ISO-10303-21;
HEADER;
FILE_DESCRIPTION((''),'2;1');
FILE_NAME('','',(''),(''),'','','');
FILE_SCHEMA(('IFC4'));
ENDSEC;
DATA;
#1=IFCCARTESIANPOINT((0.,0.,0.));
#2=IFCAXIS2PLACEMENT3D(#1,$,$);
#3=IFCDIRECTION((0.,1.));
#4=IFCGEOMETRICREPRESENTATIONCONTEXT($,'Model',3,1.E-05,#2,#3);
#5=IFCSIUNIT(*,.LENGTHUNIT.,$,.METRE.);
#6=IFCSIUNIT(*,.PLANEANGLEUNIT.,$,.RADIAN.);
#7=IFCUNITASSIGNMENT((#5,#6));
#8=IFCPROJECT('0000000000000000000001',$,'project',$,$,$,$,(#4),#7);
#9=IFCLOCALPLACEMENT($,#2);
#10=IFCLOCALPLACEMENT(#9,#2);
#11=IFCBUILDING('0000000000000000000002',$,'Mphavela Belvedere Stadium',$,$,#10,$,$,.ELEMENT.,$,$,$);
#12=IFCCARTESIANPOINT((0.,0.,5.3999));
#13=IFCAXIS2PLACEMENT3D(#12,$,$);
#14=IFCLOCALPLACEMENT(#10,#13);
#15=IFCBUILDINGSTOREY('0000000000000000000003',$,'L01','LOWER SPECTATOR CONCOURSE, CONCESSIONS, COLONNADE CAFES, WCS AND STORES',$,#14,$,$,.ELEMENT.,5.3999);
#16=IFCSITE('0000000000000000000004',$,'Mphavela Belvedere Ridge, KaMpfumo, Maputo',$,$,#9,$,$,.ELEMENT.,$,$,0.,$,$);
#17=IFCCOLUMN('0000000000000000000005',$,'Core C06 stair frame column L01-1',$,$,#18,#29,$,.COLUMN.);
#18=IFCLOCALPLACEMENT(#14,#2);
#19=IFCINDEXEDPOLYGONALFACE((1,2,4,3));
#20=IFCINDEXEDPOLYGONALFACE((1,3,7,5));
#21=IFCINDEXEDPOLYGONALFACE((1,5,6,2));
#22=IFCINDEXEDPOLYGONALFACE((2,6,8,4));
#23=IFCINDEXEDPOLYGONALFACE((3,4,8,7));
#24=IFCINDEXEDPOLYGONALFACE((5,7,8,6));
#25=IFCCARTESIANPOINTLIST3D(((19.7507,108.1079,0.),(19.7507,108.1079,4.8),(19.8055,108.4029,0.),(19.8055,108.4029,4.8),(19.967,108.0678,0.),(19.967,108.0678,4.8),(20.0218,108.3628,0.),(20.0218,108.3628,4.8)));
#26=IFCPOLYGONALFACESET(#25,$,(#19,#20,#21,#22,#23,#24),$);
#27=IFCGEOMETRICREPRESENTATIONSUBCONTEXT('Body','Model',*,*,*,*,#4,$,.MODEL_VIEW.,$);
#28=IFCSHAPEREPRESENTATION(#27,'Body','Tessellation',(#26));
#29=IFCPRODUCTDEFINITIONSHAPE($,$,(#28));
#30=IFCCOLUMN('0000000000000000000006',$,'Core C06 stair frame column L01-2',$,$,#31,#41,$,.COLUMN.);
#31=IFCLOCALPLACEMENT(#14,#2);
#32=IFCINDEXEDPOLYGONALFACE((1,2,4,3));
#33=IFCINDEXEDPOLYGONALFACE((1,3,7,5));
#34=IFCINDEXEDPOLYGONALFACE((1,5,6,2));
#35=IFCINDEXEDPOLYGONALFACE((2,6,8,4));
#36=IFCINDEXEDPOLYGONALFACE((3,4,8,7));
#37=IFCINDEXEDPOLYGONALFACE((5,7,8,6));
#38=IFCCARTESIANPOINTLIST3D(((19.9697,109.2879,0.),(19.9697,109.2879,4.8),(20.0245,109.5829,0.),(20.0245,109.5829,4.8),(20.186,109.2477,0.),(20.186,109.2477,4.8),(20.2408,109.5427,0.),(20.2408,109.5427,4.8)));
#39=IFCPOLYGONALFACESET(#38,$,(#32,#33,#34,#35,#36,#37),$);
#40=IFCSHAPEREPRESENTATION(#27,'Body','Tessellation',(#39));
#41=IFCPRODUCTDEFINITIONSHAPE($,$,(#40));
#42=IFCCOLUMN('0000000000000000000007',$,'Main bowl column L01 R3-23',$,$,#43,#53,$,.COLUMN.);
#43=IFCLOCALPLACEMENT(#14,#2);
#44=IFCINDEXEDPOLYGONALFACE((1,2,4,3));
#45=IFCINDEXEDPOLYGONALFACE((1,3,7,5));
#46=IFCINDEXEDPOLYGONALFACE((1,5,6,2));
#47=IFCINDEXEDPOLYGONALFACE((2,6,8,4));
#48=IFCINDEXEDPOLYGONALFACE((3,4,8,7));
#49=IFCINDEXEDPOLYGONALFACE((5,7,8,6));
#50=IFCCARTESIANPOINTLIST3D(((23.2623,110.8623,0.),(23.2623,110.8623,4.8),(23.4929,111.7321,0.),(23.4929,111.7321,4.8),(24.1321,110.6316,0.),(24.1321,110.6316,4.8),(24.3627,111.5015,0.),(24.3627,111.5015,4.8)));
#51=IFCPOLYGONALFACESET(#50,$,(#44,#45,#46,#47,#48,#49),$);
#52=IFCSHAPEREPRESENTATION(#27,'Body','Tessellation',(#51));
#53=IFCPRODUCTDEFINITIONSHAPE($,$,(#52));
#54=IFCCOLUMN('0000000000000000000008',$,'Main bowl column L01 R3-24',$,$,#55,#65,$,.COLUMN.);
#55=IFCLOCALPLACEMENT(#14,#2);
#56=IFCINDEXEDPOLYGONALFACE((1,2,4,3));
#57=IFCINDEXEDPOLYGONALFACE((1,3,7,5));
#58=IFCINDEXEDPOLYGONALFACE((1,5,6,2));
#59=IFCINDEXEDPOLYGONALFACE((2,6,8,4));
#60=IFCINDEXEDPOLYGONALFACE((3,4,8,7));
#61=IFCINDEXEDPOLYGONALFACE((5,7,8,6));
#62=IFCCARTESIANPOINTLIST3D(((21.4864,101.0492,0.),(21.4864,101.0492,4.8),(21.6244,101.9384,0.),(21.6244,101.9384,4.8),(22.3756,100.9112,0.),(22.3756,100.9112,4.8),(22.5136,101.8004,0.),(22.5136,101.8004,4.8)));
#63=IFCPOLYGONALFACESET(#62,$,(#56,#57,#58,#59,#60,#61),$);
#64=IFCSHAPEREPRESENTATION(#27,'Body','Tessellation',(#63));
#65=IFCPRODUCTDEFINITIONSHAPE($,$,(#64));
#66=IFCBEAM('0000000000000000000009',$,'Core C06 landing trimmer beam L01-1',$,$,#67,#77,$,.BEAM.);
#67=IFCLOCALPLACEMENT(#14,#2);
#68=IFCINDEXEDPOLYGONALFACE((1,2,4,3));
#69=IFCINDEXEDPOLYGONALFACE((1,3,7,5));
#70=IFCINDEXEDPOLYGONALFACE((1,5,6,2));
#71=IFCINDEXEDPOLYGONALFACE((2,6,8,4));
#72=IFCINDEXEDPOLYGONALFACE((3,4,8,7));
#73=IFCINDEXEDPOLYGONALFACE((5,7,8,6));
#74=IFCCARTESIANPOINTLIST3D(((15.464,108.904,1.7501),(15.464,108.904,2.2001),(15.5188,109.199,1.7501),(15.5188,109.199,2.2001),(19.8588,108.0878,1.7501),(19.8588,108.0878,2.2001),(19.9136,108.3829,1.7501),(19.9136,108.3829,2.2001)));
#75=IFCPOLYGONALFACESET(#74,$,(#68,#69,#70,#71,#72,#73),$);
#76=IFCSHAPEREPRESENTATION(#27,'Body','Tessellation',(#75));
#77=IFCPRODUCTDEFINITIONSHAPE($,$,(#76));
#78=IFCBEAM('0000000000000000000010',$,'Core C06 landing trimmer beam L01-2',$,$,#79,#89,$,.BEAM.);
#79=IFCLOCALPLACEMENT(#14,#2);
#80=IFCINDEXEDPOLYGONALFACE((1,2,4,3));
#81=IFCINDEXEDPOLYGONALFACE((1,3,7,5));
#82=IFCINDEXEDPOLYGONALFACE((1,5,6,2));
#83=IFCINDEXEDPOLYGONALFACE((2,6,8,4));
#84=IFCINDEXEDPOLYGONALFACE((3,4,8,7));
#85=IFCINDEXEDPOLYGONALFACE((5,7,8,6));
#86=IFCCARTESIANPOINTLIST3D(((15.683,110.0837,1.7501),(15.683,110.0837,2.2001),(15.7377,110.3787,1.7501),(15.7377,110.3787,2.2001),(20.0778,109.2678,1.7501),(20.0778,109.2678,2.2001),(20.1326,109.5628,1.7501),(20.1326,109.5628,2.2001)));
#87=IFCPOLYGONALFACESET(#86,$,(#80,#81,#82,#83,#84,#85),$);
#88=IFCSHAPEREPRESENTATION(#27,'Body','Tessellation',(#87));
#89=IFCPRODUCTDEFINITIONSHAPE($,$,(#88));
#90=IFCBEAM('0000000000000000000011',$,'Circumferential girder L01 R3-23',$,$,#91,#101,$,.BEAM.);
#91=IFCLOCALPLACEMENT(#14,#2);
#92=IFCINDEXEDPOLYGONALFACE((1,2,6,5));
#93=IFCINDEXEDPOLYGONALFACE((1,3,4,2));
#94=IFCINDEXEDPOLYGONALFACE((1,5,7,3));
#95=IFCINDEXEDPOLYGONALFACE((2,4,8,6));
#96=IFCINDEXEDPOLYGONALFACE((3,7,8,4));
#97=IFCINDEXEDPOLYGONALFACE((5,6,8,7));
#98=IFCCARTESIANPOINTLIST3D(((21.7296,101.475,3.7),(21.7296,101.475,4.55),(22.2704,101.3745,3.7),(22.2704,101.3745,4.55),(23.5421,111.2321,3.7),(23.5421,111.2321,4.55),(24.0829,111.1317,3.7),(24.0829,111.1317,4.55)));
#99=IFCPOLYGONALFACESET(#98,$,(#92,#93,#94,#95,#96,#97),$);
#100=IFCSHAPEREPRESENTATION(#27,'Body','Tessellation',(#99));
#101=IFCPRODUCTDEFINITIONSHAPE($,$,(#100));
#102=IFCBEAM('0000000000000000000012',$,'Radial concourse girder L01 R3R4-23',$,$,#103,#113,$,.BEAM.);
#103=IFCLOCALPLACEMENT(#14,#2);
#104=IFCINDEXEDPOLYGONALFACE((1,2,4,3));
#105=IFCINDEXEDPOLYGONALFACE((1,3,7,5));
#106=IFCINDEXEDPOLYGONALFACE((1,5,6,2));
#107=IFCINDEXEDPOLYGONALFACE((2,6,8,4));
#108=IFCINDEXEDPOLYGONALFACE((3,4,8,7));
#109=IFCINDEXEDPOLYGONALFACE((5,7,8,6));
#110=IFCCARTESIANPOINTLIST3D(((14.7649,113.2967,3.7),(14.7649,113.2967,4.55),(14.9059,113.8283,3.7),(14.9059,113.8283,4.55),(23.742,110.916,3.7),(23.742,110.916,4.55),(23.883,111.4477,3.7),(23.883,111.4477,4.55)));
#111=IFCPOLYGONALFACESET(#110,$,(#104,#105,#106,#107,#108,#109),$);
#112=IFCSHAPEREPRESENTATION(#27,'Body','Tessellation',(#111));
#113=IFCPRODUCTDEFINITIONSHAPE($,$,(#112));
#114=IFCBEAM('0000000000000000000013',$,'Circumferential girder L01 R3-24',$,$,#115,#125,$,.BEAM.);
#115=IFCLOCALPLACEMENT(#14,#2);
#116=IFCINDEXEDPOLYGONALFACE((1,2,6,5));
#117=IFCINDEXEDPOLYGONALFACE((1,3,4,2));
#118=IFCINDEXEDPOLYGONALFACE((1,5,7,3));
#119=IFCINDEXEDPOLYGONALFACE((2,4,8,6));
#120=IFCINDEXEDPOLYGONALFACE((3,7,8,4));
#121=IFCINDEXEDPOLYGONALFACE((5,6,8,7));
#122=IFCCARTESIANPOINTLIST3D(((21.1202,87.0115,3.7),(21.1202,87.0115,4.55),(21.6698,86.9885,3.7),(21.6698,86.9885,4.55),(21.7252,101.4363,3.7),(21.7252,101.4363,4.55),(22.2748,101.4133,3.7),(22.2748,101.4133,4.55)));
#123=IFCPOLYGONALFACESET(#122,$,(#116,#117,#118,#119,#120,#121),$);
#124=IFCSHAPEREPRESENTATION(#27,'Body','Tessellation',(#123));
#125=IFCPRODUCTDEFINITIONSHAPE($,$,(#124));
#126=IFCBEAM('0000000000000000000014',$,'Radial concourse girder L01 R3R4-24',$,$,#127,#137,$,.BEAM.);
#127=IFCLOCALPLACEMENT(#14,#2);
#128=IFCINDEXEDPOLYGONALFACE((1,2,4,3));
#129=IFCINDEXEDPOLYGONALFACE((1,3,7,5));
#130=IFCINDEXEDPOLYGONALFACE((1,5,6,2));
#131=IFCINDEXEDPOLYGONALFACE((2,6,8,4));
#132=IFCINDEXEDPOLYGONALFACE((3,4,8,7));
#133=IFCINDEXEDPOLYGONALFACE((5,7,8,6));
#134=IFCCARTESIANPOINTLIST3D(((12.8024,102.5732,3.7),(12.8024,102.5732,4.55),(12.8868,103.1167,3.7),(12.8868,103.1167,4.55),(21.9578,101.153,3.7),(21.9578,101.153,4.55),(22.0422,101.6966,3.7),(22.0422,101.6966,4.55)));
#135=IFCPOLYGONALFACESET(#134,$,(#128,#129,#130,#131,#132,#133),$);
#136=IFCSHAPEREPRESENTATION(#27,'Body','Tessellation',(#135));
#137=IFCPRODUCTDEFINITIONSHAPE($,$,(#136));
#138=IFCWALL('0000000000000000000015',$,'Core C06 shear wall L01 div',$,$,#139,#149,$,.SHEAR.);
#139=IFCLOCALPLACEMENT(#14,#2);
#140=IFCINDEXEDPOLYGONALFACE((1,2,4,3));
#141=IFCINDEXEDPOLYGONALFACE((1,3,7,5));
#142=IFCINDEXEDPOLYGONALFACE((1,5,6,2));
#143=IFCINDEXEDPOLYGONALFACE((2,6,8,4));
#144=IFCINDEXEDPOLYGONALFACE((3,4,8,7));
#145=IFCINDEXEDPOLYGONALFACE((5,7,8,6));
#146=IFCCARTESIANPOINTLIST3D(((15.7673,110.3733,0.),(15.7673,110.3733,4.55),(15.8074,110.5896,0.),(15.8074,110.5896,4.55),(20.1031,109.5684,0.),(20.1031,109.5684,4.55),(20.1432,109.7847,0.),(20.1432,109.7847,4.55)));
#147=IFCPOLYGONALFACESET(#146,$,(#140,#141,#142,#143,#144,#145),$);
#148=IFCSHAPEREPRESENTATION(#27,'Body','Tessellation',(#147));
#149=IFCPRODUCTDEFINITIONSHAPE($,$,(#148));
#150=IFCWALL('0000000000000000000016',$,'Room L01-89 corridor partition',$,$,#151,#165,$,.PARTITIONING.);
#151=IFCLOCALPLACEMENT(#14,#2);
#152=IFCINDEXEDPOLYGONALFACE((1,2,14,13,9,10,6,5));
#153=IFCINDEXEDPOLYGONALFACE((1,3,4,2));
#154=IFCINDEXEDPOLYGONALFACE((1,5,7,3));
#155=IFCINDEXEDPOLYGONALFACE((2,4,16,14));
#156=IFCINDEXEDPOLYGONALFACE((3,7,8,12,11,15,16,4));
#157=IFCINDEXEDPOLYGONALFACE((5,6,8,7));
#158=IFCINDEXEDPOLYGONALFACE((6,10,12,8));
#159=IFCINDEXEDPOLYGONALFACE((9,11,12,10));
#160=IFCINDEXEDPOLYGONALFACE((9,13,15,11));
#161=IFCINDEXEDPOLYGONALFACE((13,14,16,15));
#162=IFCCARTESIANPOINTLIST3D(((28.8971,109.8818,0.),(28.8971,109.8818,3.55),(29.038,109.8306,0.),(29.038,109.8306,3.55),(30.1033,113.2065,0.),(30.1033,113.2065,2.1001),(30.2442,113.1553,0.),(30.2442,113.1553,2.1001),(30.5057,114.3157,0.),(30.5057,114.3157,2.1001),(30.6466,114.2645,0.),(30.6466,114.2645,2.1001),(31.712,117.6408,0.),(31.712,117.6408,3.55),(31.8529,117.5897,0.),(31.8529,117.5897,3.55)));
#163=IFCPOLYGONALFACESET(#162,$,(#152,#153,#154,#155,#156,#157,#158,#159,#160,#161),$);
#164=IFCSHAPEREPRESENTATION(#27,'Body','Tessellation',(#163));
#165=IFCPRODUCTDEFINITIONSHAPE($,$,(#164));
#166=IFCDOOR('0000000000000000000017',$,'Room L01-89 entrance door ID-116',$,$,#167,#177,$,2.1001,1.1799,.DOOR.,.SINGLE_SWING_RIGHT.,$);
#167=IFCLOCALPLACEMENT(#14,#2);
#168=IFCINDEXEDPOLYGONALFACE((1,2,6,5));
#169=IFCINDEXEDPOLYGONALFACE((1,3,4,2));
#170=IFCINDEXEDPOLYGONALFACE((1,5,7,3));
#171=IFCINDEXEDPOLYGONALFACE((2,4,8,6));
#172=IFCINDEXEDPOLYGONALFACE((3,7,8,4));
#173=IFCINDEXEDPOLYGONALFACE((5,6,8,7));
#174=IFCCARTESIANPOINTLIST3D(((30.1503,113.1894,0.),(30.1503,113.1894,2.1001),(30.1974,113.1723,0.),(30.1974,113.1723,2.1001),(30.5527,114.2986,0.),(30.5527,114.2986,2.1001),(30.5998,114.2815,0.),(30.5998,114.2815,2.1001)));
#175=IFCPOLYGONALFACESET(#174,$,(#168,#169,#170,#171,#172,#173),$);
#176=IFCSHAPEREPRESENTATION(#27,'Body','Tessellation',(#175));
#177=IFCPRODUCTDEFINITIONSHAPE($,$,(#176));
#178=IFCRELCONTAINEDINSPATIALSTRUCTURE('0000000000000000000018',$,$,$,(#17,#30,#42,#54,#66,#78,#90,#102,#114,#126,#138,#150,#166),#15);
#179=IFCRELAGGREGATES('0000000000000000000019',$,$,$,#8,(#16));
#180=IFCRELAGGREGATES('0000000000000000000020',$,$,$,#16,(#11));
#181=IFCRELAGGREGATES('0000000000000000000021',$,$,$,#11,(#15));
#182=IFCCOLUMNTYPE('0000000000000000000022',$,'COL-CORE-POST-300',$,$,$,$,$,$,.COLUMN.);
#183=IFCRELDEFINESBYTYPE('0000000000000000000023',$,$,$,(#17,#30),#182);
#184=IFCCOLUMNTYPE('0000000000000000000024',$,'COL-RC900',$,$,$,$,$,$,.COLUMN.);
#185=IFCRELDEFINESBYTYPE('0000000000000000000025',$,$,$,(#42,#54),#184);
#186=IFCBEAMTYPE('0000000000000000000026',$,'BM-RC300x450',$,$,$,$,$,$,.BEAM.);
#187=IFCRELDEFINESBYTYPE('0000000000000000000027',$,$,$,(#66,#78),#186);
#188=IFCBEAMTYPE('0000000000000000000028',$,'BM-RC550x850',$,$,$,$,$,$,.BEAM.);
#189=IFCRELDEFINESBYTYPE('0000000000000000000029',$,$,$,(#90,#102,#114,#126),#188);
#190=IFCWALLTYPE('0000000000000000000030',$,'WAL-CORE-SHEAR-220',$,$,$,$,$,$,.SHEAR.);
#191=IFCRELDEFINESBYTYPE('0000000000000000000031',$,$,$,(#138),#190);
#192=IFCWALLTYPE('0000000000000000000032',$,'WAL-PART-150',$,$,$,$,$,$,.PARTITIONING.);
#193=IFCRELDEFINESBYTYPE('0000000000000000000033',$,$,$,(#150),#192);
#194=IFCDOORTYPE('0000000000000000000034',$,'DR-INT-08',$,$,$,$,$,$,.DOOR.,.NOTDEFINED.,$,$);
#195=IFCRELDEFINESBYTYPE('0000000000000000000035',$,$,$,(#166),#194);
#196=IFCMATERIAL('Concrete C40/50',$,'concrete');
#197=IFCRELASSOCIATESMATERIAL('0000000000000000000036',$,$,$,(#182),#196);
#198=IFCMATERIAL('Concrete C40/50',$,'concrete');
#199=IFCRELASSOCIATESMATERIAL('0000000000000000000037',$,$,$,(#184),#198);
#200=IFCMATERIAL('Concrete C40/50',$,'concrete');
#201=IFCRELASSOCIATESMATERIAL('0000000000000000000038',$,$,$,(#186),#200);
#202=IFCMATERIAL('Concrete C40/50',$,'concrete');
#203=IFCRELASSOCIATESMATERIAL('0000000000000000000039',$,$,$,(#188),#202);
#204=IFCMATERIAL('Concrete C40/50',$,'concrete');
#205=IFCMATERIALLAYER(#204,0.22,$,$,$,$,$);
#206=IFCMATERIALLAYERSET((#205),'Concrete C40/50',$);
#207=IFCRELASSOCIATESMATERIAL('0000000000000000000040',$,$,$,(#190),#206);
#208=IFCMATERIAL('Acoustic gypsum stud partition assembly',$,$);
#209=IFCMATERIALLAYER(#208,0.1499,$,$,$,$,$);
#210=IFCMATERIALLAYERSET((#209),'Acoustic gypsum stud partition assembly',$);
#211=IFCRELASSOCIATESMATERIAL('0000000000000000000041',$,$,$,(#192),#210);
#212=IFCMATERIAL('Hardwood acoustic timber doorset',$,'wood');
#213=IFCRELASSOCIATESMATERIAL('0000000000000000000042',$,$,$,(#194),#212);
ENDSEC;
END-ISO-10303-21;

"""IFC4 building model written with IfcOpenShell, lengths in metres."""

from ifc_helpers import new_model, si_unit, direction, frame, frame_2d, origin, origin_2d, place, context, subcontext, project, spatial, rectangle, extrude, material, layer, layer_set, material_profile, profile_set, type_object, element, fill, save


model = new_model("IFC4")

# Units and contexts
model_context = context("Model", 3, precision=1e-05, world=origin(), true_north=direction((0.0, 1.0)))
body_context = subcontext(model_context, "Body", "Model", "MODEL_VIEW")
ifc_project = project(units=[si_unit("LENGTHUNIT", "METRE"), si_unit("PLANEANGLEUNIT", "RADIAN")], contexts=[model_context])

# Site, building, storey
site_placement = place(None, origin())
site = spatial("IfcSite", under=ifc_project, at=site_placement, Name="Mphavela Belvedere Ridge, KaMpfumo, Maputo", CompositionType="ELEMENT", RefElevation=0.0)
building_placement = place(site_placement, origin())
building = spatial("IfcBuilding", under=site, at=building_placement, Name="Mphavela Belvedere Stadium", CompositionType="ELEMENT")
storey_placement = place(building_placement, frame((0.0, 0.0, 5.3999)))
storey = spatial("IfcBuildingStorey", under=building, at=storey_placement, Name="L01", Description="LOWER SPECTATOR CONCOURSE, CONCESSIONS, COLONNADE CAFES, WCS AND STORES", CompositionType="ELEMENT", Elevation=5.3999)

# Columns
ifc_material_1 = material(Name="Concrete C40/50", Category="concrete")
ifc_material_profile_1 = material_profile(ifc_material_1, rectangle(XDim=0.3, YDim=0.22, at=origin_2d()), Name="RC 300x220")
ifc_profile_set_1 = profile_set([ifc_material_profile_1], Name="Concrete C40/50")
column_type_1 = type_object("IfcColumnType", Name="COL-CORE-POST-300", PredefinedType="COLUMN", material=ifc_profile_set_1)
for number, where, z_axis, x_axis, name in (
    (1, (19.8862, 108.2354, 0.0), (0.0, 0.0, 1.0), (0.182579, 0.983191, 0.0), "Core C06 stair frame column L01-1"),
    (2, (20.1052, 109.4153, 0.0), (0.0, 0.0, 1.0), (0.182579, 0.983191, 0.0), "Core C06 stair frame column L01-2"),
):
    element("IfcColumn", number, at=place(storey_placement, frame(where, z_axis=z_axis, x_axis=x_axis)), inside=storey, type_object=column_type_1, Name=name, PredefinedType="COLUMN", context=body_context, shape_type="SweptSolid", body=[
        extrude(rectangle(XDim=0.3, YDim=0.22, at=origin_2d()), origin(), (0.0, 0.0, 1.0), 4.8),
    ])
ifc_material_2 = material(Name="Concrete C40/50", Category="concrete")
ifc_material_profile_2 = material_profile(ifc_material_2, rectangle(XDim=0.8999, YDim=0.8999, at=origin_2d()), Name="RC 900x900")
ifc_profile_set_2 = profile_set([ifc_material_profile_2], Name="Concrete C40/50")
column_type_2 = type_object("IfcColumnType", Name="COL-RC900", PredefinedType="COLUMN", material=ifc_profile_set_2)
for number, where, z_axis, x_axis, name in (
    (3, (23.8125, 111.1819, 0.0), (0.0, 0.0, 1.0), (-0.9666, 0.256289, 0.0), "Main bowl column L01 R3-23"),
    (4, (22.0, 101.4248, 0.0), (0.0, 0.0, 1.0), (-0.988175, 0.153331, 0.0), "Main bowl column L01 R3-24"),
):
    element("IfcColumn", number, at=place(storey_placement, frame(where, z_axis=z_axis, x_axis=x_axis)), inside=storey, type_object=column_type_2, Name=name, PredefinedType="COLUMN", context=body_context, shape_type="SweptSolid", body=[
        extrude(rectangle(XDim=0.8999, YDim=0.8999, at=origin_2d()), origin(), (0.0, 0.0, 1.0), 4.8),
    ])

# Beams
ifc_material_3 = material(Name="Concrete C40/50", Category="concrete")
ifc_material_profile_3 = material_profile(ifc_material_3, rectangle(XDim=0.3, YDim=0.45, at=origin_2d()), Name="RC 300x450")
ifc_profile_set_3 = profile_set([ifc_material_profile_3], Name="Concrete C40/50")
beam_type_1 = type_object("IfcBeamType", Name="BM-RC300x450", PredefinedType="BEAM", material=ifc_profile_set_3)
for number, where, z_axis, x_axis, name in (
    (5, (19.8862, 108.2354, 1.9751), (-0.983189, 0.18259, 0.0), (-0.18259, -0.983189, 0.0), "Core C06 landing trimmer beam L01-1"),
    (6, (20.1052, 109.4153, 1.9751), (-0.983199, 0.182537, 0.0), (-0.182537, -0.983199, 0.0), "Core C06 landing trimmer beam L01-2"),
):
    element("IfcBeam", number, at=place(storey_placement, frame(where, z_axis=z_axis, x_axis=x_axis)), inside=storey, type_object=beam_type_1, Name=name, PredefinedType="BEAM", context=body_context, shape_type="SweptSolid", body=[
        extrude(rectangle(XDim=0.3, YDim=0.45, at=origin_2d()), origin(), (0.0, 0.0, 1.0), 4.47),
    ])
ifc_material_4 = material(Name="Concrete C40/50", Category="concrete")
ifc_material_profile_4 = material_profile(ifc_material_4, rectangle(XDim=0.55, YDim=0.8501, at=origin_2d()), Name="RC 550x850")
ifc_profile_set_4 = profile_set([ifc_material_profile_4], Name="Concrete C40/50")
beam_type_2 = type_object("IfcBeamType", Name="BM-RC550x850", PredefinedType="BEAM", material=ifc_profile_set_4)
beam_1_placement = place(storey_placement, frame((23.8125, 111.1819, 4.125), z_axis=(-0.182638, -0.98318, 0.0), x_axis=(0.98318, -0.182638, 0.0)))
element("IfcBeam", 7, at=beam_1_placement, inside=storey, type_object=beam_type_2, Name="Circumferential girder L01 R3-23", PredefinedType="BEAM", context=body_context, shape_type="SweptSolid", body=[
    extrude(rectangle(XDim=0.55, YDim=0.8501, at=origin_2d()), origin(), (0.0, 0.0, 1.0), 9.9241),
])
beam_2_placement = place(storey_placement, frame((23.8125, 111.1819, 4.125), z_axis=(-0.96659, 0.256329, 0.0), x_axis=(-0.256329, -0.96659, 0.0)))
element("IfcBeam", 8, at=beam_2_placement, inside=storey, type_object=beam_type_2, Name="Radial concourse girder L01 R3R4-23", PredefinedType="BEAM", context=body_context, shape_type="SweptSolid", body=[
    extrude(rectangle(XDim=0.55, YDim=0.8501, at=origin_2d()), origin(), (0.0, 0.0, 1.0), 9.2874),
])
beam_3_placement = place(storey_placement, frame((22.0, 101.4248, 4.125), z_axis=(-0.041903, -0.999122, 0.0), x_axis=(0.999122, -0.041903, 0.0)))
element("IfcBeam", 9, at=beam_3_placement, inside=storey, type_object=beam_type_2, Name="Circumferential girder L01 R3-24", PredefinedType="BEAM", context=body_context, shape_type="SweptSolid", body=[
    extrude(rectangle(XDim=0.55, YDim=0.8501, at=origin_2d()), origin(), (0.0, 0.0, 1.0), 14.4375),
])
beam_4_placement = place(storey_placement, frame((22.0, 101.4248, 4.125), z_axis=(-0.988182, 0.153283, 0.0), x_axis=(-0.153283, -0.988182, 0.0)))
element("IfcBeam", 10, at=beam_4_placement, inside=storey, type_object=beam_type_2, Name="Radial concourse girder L01 R3R4-24", PredefinedType="BEAM", context=body_context, shape_type="SweptSolid", body=[
    extrude(rectangle(XDim=0.55, YDim=0.8501, at=origin_2d()), origin(), (0.0, 0.0, 1.0), 9.2649),
])

# Wall
ifc_material_5 = material(Name="Concrete C40/50", Category="concrete")
ifc_layer_1 = layer(ifc_material_5, 0.22)
ifc_layer_set_1 = layer_set([ifc_layer_1], Name="Concrete C40/50")
wall_type_1 = type_object("IfcWallType", Name="WAL-CORE-SHEAR-220", PredefinedType="SHEAR", material=ifc_layer_set_1)
wall_1_placement = place(storey_placement, frame((20.1233, 109.6765, 0.0), z_axis=(0.0, 0.0, 1.0), x_axis=(-0.983202, 0.182523, 0.0)))
element("IfcWall", 11, at=wall_1_placement, inside=storey, type_object=wall_type_1, Name="Core C06 shear wall L01 div", PredefinedType="SHEAR", context=body_context, shape_type="SweptSolid", body=[
    extrude(rectangle(XDim=4.4099, YDim=0.22, at=frame_2d((2.2051, 0.0))), origin(), (0.0, 0.0, 1.0), 4.55),
])

# Wall, opening, door
ifc_material_6 = material(Name="Acoustic gypsum stud partition assembly")
ifc_layer_2 = layer(ifc_material_6, 0.1499)
ifc_layer_set_2 = layer_set([ifc_layer_2], Name="Acoustic gypsum stud partition assembly")
wall_type_2 = type_object("IfcWallType", Name="WAL-PART-150", PredefinedType="PARTITIONING", material=ifc_layer_set_2)
wall_2_placement = place(storey_placement, frame((28.9675, 109.8562, 0.0), z_axis=(0.0, 0.0, 1.0), x_axis=(0.341045, 0.940047, 0.0)))
wall_2 = element("IfcWall", 12, at=wall_2_placement, inside=storey, type_object=wall_type_2, Name="Room L01-89 corridor partition", PredefinedType="PARTITIONING", context=body_context, shape_type="SweptSolid", body=[
    extrude(rectangle(XDim=8.2539, YDim=0.1499, at=frame_2d((4.127, 0.0))), origin(), (0.0, 0.0, 1.0), 3.55),
])
opening_1_placement = place(wall_2_placement, frame((3.5369, 0.0, 0.0)))
opening_1 = element("IfcOpeningElement", 13, at=opening_1_placement, cuts=wall_2, PredefinedType="OPENING", context=body_context, shape_type="SweptSolid", body=[
    extrude(rectangle(XDim=1.1799, YDim=2.1001, at=frame_2d((0.5898, 1.05))), frame((0.0, 0.085, 0.0), z_axis=(0.0, -1.0, 0.0), x_axis=(1.0, 0.0, 0.0)), (0.0, 0.0, 1.0), 0.1699),
])
ifc_material_7 = material(Name="Hardwood acoustic timber doorset", Category="wood")
door_type_1 = type_object("IfcDoorType", Name="DR-INT-08", OperationType="NOTDEFINED", PredefinedType="DOOR", material=ifc_material_7)
door_1_placement = place(opening_1_placement, origin())
door_1 = element("IfcDoor", 14, at=door_1_placement, inside=storey, type_object=door_type_1, Name="Room L01-89 entrance door ID-116", OperationType="SINGLE_SWING_RIGHT", OverallHeight=2.1001, OverallWidth=1.1799, PredefinedType="DOOR", context=body_context, shape_type="SweptSolid", body=[
    extrude(rectangle(XDim=1.1799, YDim=2.1001, at=frame_2d((0.5898, 1.05))), frame((0.0, 0.0249, 0.0), z_axis=(0.0, -1.0, 0.0), x_axis=(1.0, 0.0, 0.0)), (0.0, 0.0, 1.0), 0.05),
])
fill(opening_1, door_1)

save(model, "model.ifc")
